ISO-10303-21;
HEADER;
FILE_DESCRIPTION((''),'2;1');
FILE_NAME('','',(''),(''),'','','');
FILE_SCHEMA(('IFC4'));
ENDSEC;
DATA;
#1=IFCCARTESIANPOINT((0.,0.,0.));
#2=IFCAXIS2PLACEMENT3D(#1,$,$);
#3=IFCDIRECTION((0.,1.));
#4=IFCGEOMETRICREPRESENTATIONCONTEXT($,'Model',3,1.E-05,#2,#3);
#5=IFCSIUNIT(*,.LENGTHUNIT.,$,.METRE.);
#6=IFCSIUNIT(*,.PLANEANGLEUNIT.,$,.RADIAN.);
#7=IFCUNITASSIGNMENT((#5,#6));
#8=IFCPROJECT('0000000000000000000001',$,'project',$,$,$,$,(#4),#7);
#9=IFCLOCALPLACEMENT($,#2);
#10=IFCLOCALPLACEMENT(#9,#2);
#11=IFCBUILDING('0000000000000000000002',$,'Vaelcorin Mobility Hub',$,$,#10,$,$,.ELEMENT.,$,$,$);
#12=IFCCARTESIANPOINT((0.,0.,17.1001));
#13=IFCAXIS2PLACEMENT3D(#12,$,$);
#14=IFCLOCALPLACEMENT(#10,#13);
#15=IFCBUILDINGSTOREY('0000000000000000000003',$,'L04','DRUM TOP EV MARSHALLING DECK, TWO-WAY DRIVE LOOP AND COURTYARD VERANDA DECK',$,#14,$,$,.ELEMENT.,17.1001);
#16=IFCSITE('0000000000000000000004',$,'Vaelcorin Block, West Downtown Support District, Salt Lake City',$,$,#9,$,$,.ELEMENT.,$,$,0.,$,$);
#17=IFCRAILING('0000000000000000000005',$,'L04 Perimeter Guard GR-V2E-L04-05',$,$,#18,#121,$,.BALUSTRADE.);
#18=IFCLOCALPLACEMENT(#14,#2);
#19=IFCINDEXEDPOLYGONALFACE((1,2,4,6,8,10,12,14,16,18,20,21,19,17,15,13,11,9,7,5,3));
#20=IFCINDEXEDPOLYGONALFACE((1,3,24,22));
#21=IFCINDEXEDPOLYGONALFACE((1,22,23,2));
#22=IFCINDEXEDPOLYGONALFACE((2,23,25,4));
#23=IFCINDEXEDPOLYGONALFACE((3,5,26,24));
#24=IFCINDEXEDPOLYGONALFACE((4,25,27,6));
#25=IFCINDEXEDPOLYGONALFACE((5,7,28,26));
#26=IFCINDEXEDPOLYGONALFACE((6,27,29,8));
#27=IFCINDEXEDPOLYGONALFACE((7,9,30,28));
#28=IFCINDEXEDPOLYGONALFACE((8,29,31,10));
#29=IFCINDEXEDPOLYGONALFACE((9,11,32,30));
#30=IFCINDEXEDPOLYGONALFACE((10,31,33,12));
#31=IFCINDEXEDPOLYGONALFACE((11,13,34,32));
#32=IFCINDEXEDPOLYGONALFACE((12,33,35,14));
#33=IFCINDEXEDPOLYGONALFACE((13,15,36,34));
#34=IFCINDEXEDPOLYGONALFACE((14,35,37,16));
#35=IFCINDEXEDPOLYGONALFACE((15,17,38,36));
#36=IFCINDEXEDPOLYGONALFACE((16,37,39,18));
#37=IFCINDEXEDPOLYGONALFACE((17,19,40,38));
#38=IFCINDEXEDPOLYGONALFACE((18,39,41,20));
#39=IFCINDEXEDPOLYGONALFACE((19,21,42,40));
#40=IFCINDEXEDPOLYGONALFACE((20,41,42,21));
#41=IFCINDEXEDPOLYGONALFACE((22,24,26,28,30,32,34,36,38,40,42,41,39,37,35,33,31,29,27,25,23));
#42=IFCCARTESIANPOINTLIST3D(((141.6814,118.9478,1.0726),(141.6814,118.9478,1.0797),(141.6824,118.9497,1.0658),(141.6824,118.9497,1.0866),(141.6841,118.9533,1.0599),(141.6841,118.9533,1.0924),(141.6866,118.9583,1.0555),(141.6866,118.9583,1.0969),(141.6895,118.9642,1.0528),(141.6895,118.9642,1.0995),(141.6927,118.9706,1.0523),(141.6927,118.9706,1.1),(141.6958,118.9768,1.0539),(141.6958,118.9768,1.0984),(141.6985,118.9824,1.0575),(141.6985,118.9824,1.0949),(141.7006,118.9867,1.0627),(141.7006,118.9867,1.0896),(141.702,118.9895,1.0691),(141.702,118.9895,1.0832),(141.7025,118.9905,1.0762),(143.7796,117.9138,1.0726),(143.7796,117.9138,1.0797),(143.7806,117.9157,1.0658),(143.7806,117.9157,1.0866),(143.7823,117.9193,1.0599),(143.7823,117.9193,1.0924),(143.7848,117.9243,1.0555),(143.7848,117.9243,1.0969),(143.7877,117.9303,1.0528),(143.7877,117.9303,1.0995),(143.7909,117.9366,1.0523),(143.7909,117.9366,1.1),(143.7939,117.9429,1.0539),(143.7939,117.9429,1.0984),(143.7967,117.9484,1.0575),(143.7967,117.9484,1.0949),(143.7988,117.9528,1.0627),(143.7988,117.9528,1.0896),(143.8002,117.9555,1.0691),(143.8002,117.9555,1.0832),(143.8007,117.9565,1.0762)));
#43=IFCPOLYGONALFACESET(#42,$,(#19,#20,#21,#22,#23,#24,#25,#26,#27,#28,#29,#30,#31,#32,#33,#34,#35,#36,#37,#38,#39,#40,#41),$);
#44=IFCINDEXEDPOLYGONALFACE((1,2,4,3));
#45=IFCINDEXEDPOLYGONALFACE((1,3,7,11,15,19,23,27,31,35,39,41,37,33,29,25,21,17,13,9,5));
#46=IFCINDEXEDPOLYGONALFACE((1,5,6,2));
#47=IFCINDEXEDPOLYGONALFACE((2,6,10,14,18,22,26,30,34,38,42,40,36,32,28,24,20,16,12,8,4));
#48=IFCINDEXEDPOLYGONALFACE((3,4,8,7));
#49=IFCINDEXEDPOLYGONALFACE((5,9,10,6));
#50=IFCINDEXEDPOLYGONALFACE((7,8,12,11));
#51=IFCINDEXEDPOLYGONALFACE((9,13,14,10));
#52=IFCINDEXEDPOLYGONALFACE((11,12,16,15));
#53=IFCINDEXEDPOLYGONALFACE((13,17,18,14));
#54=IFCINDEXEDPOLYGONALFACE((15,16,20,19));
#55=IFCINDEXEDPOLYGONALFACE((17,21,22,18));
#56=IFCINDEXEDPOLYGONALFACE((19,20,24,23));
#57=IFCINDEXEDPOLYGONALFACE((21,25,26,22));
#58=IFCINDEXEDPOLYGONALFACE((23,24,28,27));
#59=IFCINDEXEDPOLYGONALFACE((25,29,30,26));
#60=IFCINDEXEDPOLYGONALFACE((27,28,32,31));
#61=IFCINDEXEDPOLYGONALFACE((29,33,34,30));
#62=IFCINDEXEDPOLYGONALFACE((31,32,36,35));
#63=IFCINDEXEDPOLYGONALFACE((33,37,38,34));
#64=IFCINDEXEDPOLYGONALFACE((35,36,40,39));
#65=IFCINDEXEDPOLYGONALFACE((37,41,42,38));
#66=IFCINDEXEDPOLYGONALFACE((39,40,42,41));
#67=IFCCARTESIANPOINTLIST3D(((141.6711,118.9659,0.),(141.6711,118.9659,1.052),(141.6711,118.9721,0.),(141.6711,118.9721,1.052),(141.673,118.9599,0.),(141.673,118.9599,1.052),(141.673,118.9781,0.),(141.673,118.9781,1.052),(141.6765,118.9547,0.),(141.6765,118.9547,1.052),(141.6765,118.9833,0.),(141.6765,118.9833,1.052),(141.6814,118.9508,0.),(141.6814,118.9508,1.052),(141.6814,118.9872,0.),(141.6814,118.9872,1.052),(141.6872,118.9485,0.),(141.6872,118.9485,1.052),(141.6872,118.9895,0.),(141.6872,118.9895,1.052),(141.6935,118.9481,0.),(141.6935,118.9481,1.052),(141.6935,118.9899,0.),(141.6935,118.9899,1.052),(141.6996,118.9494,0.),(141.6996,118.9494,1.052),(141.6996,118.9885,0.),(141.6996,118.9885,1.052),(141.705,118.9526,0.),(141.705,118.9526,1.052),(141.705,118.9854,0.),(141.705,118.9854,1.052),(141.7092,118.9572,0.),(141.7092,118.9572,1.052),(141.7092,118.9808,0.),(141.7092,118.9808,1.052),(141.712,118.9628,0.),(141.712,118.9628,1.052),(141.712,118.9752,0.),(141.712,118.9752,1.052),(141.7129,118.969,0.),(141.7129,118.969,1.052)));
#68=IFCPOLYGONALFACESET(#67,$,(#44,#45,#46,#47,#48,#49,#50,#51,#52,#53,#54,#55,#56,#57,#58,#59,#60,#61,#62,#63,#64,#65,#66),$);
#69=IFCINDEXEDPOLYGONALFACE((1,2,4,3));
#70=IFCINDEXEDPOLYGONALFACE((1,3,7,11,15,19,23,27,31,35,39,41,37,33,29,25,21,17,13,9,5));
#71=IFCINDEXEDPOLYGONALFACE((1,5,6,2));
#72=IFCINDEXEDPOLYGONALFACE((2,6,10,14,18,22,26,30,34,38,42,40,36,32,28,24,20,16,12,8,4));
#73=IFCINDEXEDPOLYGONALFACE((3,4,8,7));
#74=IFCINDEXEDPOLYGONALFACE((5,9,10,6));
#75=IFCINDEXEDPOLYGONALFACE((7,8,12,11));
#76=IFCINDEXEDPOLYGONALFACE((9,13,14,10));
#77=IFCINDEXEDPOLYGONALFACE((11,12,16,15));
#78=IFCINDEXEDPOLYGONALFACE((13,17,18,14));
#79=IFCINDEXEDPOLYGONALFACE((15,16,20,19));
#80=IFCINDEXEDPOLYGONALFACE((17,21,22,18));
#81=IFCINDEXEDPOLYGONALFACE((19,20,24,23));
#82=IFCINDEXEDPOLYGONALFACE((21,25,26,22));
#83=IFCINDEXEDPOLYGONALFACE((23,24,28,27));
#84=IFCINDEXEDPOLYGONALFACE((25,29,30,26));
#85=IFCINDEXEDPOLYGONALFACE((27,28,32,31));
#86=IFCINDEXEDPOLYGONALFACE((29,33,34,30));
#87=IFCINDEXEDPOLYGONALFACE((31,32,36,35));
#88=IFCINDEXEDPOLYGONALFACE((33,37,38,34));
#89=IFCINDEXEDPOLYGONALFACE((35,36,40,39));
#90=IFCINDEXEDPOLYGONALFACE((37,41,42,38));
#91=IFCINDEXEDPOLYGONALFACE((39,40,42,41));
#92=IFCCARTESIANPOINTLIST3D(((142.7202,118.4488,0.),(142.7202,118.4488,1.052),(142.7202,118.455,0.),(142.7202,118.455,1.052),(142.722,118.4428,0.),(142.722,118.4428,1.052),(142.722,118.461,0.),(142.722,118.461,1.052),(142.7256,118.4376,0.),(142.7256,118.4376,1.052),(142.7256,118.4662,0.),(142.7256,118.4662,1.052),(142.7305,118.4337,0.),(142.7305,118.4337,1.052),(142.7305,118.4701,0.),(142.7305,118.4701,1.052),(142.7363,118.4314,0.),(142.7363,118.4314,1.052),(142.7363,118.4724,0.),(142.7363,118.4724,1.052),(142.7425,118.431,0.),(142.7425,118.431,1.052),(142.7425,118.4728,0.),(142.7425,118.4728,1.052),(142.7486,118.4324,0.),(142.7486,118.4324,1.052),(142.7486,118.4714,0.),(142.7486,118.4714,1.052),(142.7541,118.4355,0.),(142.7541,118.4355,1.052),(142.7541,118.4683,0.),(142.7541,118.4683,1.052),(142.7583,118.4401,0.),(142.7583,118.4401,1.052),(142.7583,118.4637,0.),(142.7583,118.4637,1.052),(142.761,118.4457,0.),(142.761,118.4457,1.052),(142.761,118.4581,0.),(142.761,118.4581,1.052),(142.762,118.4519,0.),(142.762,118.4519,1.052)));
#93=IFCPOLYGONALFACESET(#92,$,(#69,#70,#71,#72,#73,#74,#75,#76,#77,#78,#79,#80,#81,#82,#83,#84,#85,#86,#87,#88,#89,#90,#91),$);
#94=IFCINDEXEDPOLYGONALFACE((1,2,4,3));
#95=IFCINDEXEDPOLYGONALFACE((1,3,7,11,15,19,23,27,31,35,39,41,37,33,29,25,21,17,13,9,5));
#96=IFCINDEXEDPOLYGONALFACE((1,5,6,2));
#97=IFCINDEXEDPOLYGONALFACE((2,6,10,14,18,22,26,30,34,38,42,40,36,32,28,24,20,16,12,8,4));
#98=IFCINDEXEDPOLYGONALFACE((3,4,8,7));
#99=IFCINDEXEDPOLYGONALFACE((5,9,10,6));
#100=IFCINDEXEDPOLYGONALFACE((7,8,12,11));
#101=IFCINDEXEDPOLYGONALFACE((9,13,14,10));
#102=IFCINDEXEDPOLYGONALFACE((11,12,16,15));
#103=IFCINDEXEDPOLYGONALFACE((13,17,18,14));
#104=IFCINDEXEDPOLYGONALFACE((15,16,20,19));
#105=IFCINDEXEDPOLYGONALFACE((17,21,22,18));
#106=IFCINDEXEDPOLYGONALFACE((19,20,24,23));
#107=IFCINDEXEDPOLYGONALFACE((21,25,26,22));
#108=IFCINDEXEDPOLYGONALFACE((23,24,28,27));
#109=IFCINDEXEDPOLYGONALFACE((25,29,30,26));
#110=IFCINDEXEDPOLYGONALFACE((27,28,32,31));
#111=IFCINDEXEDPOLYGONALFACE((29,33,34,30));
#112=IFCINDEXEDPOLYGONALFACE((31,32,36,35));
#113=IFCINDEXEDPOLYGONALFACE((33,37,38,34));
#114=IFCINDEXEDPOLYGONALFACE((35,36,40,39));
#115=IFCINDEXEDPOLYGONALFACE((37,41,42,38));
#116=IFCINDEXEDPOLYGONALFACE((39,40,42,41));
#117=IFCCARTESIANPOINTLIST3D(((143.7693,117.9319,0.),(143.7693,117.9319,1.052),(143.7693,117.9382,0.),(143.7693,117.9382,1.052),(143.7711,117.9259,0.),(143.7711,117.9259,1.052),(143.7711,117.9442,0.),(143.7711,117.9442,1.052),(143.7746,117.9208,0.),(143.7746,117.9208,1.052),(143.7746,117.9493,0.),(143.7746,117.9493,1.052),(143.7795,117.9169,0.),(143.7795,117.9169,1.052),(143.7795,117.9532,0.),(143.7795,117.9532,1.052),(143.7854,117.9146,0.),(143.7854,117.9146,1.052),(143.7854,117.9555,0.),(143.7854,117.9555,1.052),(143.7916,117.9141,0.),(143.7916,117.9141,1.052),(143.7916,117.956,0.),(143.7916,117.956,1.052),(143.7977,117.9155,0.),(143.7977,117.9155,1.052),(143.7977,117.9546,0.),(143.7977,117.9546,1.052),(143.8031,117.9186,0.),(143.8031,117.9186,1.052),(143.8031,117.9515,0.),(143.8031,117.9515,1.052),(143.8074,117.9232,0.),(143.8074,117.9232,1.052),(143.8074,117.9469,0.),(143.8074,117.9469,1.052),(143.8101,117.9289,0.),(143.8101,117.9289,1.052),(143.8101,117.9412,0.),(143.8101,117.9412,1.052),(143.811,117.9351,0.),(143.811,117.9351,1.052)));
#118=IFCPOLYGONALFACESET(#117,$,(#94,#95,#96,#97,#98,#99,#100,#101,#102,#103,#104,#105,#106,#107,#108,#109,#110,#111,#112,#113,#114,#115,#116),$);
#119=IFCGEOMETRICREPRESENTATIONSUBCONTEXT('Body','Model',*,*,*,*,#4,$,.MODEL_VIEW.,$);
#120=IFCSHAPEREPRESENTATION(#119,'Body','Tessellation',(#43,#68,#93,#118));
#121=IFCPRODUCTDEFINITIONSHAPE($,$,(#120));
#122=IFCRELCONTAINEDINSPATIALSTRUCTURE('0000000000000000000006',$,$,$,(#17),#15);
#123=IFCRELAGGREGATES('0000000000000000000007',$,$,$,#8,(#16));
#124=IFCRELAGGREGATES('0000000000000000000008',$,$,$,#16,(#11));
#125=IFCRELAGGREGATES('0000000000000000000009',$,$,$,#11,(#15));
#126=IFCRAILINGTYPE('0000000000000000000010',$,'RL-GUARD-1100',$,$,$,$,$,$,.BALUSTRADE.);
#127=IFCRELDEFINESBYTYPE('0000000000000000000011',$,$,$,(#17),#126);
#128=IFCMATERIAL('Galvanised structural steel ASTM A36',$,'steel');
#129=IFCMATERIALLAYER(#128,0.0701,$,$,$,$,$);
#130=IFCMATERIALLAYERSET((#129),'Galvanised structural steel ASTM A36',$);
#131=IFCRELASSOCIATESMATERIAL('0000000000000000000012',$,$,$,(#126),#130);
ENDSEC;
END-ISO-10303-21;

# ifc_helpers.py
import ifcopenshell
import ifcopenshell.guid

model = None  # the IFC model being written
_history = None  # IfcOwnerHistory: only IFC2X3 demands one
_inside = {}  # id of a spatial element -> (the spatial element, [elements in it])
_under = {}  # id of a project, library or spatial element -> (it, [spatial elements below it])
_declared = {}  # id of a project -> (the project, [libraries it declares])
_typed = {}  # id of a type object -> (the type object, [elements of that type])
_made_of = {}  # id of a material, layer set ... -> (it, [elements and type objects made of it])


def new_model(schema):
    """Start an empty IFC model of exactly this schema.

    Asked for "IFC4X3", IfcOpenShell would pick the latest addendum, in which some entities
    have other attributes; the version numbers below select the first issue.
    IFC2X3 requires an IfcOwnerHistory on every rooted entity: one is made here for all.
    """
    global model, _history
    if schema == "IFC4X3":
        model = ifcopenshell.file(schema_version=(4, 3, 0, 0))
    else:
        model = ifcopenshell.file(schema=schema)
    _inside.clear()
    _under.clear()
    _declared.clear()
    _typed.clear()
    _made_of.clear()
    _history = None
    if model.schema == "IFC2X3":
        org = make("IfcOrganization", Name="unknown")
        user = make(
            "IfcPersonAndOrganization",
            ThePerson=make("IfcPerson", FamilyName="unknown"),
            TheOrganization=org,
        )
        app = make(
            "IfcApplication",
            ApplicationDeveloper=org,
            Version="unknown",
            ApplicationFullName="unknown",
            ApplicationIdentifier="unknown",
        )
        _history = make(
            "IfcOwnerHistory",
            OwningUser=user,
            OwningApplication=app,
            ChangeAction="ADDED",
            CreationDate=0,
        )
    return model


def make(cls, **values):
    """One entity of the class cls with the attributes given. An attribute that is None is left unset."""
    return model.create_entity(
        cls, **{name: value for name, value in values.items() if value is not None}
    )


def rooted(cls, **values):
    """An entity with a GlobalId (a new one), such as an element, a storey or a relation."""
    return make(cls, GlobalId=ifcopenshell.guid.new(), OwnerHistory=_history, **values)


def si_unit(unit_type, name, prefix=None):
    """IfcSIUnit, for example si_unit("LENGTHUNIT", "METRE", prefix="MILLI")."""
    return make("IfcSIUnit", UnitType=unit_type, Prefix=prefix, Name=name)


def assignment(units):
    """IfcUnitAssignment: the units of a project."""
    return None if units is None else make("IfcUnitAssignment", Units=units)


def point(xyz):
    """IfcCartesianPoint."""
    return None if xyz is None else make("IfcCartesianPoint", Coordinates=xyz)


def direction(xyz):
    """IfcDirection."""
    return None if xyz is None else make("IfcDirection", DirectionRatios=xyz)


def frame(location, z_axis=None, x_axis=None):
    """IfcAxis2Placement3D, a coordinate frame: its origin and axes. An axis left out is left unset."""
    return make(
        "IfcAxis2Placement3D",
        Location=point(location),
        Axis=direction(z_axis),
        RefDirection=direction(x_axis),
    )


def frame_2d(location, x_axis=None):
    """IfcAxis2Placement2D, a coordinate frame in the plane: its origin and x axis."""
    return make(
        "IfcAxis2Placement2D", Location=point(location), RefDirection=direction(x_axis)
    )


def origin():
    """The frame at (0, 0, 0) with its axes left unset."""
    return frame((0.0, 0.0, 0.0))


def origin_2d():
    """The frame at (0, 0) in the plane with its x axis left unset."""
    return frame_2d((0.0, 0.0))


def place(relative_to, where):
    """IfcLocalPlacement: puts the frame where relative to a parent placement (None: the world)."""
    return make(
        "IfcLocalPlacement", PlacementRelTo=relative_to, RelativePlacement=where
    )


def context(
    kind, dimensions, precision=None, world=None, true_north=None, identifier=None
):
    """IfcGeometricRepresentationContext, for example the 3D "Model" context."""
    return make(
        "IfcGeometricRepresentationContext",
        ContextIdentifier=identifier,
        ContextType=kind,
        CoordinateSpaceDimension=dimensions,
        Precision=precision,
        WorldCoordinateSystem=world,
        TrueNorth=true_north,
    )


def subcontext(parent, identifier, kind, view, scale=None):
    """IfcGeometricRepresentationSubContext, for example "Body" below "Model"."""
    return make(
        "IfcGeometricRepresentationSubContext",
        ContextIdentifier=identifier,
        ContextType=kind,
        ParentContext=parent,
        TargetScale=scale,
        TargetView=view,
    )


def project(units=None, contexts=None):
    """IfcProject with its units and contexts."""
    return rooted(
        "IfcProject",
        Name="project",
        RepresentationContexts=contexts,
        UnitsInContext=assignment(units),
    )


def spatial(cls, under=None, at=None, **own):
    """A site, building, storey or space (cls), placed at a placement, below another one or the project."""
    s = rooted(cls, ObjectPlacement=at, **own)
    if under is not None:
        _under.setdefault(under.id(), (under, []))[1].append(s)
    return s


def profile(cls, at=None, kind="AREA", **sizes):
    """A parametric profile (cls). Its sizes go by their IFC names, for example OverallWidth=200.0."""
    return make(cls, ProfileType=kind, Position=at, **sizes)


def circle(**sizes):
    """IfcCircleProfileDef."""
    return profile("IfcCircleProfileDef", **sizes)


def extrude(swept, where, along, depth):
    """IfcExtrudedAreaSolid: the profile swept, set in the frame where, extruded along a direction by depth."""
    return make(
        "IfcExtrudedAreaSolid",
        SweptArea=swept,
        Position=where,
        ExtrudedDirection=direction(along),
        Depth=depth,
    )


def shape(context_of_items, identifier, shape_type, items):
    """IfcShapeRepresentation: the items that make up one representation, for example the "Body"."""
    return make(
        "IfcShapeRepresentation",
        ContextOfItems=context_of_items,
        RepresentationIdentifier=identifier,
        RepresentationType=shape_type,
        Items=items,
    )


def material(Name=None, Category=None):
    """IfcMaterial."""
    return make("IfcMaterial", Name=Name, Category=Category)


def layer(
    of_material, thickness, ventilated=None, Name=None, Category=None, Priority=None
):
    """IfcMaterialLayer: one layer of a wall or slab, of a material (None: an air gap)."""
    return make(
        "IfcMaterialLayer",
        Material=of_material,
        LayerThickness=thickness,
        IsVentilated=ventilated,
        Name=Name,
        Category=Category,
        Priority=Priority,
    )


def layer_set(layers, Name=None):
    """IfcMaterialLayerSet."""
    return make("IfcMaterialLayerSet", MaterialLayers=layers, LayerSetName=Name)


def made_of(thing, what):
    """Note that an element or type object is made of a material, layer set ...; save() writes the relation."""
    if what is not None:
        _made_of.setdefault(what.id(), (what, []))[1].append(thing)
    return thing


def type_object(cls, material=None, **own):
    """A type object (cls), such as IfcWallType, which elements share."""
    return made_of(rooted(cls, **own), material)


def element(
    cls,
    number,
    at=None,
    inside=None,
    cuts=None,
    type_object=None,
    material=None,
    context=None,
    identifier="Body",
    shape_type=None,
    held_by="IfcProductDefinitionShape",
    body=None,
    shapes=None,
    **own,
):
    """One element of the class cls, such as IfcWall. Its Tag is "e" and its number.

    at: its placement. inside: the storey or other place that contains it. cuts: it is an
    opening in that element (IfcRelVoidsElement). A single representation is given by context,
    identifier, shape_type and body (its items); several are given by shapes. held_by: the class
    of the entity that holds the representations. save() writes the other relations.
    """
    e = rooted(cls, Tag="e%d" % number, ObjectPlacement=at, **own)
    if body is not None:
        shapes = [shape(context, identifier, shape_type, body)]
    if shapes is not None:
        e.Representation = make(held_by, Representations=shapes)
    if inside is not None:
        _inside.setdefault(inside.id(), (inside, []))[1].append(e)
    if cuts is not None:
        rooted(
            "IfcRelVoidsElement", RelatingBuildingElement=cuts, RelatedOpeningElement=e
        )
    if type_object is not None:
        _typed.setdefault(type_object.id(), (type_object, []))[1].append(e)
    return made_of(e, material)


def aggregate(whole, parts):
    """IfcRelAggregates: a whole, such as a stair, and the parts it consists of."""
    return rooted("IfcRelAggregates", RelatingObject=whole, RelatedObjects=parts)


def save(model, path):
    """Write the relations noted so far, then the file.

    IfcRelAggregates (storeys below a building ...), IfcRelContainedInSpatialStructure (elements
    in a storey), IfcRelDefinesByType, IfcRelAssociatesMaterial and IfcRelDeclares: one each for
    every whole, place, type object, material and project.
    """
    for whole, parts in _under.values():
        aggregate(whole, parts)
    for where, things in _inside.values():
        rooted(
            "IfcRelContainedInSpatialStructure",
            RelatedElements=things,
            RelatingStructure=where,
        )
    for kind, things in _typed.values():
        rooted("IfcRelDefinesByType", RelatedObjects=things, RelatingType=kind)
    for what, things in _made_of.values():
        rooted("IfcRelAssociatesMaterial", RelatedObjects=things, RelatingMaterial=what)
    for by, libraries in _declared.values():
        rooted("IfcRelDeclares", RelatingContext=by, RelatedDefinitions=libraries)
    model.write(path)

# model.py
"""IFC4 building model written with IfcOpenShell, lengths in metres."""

from ifc_helpers import new_model, si_unit, direction, frame, origin, origin_2d, place, context, subcontext, project, spatial, circle, extrude, material, layer, layer_set, type_object, element, save


model = new_model("IFC4")

# Units and contexts
model_context = context("Model", 3, precision=1e-05, world=origin(), true_north=direction((0.0, 1.0)))
body_context = subcontext(model_context, "Body", "Model", "MODEL_VIEW")
ifc_project = project(units=[si_unit("LENGTHUNIT", "METRE"), si_unit("PLANEANGLEUNIT", "RADIAN")], contexts=[model_context])

# Site, building, storey
site_placement = place(None, origin())
site = spatial("IfcSite", under=ifc_project, at=site_placement, Name="Vaelcorin Block, West Downtown Support District, Salt Lake City", CompositionType="ELEMENT", RefElevation=0.0)
building_placement = place(site_placement, origin())
building = spatial("IfcBuilding", under=site, at=building_placement, Name="Vaelcorin Mobility Hub", CompositionType="ELEMENT")
storey_placement = place(building_placement, frame((0.0, 0.0, 17.1001)))
storey = spatial("IfcBuildingStorey", under=building, at=storey_placement, Name="L04", Description="DRUM TOP EV MARSHALLING DECK, TWO-WAY DRIVE LOOP AND COURTYARD VERANDA DECK", CompositionType="ELEMENT", Elevation=17.1001)

# Railing
ifc_material_1 = material(Name="Galvanised structural steel ASTM A36", Category="steel")
ifc_layer_1 = layer(ifc_material_1, 0.0701)
ifc_layer_set_1 = layer_set([ifc_layer_1], Name="Galvanised structural steel ASTM A36")
railing_type = type_object("IfcRailingType", Name="RL-GUARD-1100", PredefinedType="BALUSTRADE", material=ifc_layer_set_1)
railing_1_placement = place(storey_placement, frame((141.6919, 118.969, 0.0)))
element("IfcRailing", 1, at=railing_1_placement, inside=storey, type_object=railing_type, Name="L04 Perimeter Guard GR-V2E-L04-05", PredefinedType="BALUSTRADE", context=body_context, shape_type="SweptSolid", body=[
    extrude(circle(Radius=0.0239, at=origin_2d()), frame((0.0, 0.0, 1.0762), z_axis=(0.897001, -0.442029, 0.0), x_axis=(0.442029, 0.897001, 0.0)), (0.0, 0.0, 1.0), 2.3391),
    extrude(circle(Radius=0.021, at=origin_2d()), origin(), (0.0, 0.0, 1.0), 1.052),
    extrude(circle(Radius=0.021, at=origin_2d()), frame((1.0491, -0.5171, 0.0)), (0.0, 0.0, 1.0), 1.052),
    extrude(circle(Radius=0.021, at=origin_2d()), frame((2.0981, -1.0339, 0.0)), (0.0, 0.0, 1.0), 1.052),
])

save(model, "model.ifc")
